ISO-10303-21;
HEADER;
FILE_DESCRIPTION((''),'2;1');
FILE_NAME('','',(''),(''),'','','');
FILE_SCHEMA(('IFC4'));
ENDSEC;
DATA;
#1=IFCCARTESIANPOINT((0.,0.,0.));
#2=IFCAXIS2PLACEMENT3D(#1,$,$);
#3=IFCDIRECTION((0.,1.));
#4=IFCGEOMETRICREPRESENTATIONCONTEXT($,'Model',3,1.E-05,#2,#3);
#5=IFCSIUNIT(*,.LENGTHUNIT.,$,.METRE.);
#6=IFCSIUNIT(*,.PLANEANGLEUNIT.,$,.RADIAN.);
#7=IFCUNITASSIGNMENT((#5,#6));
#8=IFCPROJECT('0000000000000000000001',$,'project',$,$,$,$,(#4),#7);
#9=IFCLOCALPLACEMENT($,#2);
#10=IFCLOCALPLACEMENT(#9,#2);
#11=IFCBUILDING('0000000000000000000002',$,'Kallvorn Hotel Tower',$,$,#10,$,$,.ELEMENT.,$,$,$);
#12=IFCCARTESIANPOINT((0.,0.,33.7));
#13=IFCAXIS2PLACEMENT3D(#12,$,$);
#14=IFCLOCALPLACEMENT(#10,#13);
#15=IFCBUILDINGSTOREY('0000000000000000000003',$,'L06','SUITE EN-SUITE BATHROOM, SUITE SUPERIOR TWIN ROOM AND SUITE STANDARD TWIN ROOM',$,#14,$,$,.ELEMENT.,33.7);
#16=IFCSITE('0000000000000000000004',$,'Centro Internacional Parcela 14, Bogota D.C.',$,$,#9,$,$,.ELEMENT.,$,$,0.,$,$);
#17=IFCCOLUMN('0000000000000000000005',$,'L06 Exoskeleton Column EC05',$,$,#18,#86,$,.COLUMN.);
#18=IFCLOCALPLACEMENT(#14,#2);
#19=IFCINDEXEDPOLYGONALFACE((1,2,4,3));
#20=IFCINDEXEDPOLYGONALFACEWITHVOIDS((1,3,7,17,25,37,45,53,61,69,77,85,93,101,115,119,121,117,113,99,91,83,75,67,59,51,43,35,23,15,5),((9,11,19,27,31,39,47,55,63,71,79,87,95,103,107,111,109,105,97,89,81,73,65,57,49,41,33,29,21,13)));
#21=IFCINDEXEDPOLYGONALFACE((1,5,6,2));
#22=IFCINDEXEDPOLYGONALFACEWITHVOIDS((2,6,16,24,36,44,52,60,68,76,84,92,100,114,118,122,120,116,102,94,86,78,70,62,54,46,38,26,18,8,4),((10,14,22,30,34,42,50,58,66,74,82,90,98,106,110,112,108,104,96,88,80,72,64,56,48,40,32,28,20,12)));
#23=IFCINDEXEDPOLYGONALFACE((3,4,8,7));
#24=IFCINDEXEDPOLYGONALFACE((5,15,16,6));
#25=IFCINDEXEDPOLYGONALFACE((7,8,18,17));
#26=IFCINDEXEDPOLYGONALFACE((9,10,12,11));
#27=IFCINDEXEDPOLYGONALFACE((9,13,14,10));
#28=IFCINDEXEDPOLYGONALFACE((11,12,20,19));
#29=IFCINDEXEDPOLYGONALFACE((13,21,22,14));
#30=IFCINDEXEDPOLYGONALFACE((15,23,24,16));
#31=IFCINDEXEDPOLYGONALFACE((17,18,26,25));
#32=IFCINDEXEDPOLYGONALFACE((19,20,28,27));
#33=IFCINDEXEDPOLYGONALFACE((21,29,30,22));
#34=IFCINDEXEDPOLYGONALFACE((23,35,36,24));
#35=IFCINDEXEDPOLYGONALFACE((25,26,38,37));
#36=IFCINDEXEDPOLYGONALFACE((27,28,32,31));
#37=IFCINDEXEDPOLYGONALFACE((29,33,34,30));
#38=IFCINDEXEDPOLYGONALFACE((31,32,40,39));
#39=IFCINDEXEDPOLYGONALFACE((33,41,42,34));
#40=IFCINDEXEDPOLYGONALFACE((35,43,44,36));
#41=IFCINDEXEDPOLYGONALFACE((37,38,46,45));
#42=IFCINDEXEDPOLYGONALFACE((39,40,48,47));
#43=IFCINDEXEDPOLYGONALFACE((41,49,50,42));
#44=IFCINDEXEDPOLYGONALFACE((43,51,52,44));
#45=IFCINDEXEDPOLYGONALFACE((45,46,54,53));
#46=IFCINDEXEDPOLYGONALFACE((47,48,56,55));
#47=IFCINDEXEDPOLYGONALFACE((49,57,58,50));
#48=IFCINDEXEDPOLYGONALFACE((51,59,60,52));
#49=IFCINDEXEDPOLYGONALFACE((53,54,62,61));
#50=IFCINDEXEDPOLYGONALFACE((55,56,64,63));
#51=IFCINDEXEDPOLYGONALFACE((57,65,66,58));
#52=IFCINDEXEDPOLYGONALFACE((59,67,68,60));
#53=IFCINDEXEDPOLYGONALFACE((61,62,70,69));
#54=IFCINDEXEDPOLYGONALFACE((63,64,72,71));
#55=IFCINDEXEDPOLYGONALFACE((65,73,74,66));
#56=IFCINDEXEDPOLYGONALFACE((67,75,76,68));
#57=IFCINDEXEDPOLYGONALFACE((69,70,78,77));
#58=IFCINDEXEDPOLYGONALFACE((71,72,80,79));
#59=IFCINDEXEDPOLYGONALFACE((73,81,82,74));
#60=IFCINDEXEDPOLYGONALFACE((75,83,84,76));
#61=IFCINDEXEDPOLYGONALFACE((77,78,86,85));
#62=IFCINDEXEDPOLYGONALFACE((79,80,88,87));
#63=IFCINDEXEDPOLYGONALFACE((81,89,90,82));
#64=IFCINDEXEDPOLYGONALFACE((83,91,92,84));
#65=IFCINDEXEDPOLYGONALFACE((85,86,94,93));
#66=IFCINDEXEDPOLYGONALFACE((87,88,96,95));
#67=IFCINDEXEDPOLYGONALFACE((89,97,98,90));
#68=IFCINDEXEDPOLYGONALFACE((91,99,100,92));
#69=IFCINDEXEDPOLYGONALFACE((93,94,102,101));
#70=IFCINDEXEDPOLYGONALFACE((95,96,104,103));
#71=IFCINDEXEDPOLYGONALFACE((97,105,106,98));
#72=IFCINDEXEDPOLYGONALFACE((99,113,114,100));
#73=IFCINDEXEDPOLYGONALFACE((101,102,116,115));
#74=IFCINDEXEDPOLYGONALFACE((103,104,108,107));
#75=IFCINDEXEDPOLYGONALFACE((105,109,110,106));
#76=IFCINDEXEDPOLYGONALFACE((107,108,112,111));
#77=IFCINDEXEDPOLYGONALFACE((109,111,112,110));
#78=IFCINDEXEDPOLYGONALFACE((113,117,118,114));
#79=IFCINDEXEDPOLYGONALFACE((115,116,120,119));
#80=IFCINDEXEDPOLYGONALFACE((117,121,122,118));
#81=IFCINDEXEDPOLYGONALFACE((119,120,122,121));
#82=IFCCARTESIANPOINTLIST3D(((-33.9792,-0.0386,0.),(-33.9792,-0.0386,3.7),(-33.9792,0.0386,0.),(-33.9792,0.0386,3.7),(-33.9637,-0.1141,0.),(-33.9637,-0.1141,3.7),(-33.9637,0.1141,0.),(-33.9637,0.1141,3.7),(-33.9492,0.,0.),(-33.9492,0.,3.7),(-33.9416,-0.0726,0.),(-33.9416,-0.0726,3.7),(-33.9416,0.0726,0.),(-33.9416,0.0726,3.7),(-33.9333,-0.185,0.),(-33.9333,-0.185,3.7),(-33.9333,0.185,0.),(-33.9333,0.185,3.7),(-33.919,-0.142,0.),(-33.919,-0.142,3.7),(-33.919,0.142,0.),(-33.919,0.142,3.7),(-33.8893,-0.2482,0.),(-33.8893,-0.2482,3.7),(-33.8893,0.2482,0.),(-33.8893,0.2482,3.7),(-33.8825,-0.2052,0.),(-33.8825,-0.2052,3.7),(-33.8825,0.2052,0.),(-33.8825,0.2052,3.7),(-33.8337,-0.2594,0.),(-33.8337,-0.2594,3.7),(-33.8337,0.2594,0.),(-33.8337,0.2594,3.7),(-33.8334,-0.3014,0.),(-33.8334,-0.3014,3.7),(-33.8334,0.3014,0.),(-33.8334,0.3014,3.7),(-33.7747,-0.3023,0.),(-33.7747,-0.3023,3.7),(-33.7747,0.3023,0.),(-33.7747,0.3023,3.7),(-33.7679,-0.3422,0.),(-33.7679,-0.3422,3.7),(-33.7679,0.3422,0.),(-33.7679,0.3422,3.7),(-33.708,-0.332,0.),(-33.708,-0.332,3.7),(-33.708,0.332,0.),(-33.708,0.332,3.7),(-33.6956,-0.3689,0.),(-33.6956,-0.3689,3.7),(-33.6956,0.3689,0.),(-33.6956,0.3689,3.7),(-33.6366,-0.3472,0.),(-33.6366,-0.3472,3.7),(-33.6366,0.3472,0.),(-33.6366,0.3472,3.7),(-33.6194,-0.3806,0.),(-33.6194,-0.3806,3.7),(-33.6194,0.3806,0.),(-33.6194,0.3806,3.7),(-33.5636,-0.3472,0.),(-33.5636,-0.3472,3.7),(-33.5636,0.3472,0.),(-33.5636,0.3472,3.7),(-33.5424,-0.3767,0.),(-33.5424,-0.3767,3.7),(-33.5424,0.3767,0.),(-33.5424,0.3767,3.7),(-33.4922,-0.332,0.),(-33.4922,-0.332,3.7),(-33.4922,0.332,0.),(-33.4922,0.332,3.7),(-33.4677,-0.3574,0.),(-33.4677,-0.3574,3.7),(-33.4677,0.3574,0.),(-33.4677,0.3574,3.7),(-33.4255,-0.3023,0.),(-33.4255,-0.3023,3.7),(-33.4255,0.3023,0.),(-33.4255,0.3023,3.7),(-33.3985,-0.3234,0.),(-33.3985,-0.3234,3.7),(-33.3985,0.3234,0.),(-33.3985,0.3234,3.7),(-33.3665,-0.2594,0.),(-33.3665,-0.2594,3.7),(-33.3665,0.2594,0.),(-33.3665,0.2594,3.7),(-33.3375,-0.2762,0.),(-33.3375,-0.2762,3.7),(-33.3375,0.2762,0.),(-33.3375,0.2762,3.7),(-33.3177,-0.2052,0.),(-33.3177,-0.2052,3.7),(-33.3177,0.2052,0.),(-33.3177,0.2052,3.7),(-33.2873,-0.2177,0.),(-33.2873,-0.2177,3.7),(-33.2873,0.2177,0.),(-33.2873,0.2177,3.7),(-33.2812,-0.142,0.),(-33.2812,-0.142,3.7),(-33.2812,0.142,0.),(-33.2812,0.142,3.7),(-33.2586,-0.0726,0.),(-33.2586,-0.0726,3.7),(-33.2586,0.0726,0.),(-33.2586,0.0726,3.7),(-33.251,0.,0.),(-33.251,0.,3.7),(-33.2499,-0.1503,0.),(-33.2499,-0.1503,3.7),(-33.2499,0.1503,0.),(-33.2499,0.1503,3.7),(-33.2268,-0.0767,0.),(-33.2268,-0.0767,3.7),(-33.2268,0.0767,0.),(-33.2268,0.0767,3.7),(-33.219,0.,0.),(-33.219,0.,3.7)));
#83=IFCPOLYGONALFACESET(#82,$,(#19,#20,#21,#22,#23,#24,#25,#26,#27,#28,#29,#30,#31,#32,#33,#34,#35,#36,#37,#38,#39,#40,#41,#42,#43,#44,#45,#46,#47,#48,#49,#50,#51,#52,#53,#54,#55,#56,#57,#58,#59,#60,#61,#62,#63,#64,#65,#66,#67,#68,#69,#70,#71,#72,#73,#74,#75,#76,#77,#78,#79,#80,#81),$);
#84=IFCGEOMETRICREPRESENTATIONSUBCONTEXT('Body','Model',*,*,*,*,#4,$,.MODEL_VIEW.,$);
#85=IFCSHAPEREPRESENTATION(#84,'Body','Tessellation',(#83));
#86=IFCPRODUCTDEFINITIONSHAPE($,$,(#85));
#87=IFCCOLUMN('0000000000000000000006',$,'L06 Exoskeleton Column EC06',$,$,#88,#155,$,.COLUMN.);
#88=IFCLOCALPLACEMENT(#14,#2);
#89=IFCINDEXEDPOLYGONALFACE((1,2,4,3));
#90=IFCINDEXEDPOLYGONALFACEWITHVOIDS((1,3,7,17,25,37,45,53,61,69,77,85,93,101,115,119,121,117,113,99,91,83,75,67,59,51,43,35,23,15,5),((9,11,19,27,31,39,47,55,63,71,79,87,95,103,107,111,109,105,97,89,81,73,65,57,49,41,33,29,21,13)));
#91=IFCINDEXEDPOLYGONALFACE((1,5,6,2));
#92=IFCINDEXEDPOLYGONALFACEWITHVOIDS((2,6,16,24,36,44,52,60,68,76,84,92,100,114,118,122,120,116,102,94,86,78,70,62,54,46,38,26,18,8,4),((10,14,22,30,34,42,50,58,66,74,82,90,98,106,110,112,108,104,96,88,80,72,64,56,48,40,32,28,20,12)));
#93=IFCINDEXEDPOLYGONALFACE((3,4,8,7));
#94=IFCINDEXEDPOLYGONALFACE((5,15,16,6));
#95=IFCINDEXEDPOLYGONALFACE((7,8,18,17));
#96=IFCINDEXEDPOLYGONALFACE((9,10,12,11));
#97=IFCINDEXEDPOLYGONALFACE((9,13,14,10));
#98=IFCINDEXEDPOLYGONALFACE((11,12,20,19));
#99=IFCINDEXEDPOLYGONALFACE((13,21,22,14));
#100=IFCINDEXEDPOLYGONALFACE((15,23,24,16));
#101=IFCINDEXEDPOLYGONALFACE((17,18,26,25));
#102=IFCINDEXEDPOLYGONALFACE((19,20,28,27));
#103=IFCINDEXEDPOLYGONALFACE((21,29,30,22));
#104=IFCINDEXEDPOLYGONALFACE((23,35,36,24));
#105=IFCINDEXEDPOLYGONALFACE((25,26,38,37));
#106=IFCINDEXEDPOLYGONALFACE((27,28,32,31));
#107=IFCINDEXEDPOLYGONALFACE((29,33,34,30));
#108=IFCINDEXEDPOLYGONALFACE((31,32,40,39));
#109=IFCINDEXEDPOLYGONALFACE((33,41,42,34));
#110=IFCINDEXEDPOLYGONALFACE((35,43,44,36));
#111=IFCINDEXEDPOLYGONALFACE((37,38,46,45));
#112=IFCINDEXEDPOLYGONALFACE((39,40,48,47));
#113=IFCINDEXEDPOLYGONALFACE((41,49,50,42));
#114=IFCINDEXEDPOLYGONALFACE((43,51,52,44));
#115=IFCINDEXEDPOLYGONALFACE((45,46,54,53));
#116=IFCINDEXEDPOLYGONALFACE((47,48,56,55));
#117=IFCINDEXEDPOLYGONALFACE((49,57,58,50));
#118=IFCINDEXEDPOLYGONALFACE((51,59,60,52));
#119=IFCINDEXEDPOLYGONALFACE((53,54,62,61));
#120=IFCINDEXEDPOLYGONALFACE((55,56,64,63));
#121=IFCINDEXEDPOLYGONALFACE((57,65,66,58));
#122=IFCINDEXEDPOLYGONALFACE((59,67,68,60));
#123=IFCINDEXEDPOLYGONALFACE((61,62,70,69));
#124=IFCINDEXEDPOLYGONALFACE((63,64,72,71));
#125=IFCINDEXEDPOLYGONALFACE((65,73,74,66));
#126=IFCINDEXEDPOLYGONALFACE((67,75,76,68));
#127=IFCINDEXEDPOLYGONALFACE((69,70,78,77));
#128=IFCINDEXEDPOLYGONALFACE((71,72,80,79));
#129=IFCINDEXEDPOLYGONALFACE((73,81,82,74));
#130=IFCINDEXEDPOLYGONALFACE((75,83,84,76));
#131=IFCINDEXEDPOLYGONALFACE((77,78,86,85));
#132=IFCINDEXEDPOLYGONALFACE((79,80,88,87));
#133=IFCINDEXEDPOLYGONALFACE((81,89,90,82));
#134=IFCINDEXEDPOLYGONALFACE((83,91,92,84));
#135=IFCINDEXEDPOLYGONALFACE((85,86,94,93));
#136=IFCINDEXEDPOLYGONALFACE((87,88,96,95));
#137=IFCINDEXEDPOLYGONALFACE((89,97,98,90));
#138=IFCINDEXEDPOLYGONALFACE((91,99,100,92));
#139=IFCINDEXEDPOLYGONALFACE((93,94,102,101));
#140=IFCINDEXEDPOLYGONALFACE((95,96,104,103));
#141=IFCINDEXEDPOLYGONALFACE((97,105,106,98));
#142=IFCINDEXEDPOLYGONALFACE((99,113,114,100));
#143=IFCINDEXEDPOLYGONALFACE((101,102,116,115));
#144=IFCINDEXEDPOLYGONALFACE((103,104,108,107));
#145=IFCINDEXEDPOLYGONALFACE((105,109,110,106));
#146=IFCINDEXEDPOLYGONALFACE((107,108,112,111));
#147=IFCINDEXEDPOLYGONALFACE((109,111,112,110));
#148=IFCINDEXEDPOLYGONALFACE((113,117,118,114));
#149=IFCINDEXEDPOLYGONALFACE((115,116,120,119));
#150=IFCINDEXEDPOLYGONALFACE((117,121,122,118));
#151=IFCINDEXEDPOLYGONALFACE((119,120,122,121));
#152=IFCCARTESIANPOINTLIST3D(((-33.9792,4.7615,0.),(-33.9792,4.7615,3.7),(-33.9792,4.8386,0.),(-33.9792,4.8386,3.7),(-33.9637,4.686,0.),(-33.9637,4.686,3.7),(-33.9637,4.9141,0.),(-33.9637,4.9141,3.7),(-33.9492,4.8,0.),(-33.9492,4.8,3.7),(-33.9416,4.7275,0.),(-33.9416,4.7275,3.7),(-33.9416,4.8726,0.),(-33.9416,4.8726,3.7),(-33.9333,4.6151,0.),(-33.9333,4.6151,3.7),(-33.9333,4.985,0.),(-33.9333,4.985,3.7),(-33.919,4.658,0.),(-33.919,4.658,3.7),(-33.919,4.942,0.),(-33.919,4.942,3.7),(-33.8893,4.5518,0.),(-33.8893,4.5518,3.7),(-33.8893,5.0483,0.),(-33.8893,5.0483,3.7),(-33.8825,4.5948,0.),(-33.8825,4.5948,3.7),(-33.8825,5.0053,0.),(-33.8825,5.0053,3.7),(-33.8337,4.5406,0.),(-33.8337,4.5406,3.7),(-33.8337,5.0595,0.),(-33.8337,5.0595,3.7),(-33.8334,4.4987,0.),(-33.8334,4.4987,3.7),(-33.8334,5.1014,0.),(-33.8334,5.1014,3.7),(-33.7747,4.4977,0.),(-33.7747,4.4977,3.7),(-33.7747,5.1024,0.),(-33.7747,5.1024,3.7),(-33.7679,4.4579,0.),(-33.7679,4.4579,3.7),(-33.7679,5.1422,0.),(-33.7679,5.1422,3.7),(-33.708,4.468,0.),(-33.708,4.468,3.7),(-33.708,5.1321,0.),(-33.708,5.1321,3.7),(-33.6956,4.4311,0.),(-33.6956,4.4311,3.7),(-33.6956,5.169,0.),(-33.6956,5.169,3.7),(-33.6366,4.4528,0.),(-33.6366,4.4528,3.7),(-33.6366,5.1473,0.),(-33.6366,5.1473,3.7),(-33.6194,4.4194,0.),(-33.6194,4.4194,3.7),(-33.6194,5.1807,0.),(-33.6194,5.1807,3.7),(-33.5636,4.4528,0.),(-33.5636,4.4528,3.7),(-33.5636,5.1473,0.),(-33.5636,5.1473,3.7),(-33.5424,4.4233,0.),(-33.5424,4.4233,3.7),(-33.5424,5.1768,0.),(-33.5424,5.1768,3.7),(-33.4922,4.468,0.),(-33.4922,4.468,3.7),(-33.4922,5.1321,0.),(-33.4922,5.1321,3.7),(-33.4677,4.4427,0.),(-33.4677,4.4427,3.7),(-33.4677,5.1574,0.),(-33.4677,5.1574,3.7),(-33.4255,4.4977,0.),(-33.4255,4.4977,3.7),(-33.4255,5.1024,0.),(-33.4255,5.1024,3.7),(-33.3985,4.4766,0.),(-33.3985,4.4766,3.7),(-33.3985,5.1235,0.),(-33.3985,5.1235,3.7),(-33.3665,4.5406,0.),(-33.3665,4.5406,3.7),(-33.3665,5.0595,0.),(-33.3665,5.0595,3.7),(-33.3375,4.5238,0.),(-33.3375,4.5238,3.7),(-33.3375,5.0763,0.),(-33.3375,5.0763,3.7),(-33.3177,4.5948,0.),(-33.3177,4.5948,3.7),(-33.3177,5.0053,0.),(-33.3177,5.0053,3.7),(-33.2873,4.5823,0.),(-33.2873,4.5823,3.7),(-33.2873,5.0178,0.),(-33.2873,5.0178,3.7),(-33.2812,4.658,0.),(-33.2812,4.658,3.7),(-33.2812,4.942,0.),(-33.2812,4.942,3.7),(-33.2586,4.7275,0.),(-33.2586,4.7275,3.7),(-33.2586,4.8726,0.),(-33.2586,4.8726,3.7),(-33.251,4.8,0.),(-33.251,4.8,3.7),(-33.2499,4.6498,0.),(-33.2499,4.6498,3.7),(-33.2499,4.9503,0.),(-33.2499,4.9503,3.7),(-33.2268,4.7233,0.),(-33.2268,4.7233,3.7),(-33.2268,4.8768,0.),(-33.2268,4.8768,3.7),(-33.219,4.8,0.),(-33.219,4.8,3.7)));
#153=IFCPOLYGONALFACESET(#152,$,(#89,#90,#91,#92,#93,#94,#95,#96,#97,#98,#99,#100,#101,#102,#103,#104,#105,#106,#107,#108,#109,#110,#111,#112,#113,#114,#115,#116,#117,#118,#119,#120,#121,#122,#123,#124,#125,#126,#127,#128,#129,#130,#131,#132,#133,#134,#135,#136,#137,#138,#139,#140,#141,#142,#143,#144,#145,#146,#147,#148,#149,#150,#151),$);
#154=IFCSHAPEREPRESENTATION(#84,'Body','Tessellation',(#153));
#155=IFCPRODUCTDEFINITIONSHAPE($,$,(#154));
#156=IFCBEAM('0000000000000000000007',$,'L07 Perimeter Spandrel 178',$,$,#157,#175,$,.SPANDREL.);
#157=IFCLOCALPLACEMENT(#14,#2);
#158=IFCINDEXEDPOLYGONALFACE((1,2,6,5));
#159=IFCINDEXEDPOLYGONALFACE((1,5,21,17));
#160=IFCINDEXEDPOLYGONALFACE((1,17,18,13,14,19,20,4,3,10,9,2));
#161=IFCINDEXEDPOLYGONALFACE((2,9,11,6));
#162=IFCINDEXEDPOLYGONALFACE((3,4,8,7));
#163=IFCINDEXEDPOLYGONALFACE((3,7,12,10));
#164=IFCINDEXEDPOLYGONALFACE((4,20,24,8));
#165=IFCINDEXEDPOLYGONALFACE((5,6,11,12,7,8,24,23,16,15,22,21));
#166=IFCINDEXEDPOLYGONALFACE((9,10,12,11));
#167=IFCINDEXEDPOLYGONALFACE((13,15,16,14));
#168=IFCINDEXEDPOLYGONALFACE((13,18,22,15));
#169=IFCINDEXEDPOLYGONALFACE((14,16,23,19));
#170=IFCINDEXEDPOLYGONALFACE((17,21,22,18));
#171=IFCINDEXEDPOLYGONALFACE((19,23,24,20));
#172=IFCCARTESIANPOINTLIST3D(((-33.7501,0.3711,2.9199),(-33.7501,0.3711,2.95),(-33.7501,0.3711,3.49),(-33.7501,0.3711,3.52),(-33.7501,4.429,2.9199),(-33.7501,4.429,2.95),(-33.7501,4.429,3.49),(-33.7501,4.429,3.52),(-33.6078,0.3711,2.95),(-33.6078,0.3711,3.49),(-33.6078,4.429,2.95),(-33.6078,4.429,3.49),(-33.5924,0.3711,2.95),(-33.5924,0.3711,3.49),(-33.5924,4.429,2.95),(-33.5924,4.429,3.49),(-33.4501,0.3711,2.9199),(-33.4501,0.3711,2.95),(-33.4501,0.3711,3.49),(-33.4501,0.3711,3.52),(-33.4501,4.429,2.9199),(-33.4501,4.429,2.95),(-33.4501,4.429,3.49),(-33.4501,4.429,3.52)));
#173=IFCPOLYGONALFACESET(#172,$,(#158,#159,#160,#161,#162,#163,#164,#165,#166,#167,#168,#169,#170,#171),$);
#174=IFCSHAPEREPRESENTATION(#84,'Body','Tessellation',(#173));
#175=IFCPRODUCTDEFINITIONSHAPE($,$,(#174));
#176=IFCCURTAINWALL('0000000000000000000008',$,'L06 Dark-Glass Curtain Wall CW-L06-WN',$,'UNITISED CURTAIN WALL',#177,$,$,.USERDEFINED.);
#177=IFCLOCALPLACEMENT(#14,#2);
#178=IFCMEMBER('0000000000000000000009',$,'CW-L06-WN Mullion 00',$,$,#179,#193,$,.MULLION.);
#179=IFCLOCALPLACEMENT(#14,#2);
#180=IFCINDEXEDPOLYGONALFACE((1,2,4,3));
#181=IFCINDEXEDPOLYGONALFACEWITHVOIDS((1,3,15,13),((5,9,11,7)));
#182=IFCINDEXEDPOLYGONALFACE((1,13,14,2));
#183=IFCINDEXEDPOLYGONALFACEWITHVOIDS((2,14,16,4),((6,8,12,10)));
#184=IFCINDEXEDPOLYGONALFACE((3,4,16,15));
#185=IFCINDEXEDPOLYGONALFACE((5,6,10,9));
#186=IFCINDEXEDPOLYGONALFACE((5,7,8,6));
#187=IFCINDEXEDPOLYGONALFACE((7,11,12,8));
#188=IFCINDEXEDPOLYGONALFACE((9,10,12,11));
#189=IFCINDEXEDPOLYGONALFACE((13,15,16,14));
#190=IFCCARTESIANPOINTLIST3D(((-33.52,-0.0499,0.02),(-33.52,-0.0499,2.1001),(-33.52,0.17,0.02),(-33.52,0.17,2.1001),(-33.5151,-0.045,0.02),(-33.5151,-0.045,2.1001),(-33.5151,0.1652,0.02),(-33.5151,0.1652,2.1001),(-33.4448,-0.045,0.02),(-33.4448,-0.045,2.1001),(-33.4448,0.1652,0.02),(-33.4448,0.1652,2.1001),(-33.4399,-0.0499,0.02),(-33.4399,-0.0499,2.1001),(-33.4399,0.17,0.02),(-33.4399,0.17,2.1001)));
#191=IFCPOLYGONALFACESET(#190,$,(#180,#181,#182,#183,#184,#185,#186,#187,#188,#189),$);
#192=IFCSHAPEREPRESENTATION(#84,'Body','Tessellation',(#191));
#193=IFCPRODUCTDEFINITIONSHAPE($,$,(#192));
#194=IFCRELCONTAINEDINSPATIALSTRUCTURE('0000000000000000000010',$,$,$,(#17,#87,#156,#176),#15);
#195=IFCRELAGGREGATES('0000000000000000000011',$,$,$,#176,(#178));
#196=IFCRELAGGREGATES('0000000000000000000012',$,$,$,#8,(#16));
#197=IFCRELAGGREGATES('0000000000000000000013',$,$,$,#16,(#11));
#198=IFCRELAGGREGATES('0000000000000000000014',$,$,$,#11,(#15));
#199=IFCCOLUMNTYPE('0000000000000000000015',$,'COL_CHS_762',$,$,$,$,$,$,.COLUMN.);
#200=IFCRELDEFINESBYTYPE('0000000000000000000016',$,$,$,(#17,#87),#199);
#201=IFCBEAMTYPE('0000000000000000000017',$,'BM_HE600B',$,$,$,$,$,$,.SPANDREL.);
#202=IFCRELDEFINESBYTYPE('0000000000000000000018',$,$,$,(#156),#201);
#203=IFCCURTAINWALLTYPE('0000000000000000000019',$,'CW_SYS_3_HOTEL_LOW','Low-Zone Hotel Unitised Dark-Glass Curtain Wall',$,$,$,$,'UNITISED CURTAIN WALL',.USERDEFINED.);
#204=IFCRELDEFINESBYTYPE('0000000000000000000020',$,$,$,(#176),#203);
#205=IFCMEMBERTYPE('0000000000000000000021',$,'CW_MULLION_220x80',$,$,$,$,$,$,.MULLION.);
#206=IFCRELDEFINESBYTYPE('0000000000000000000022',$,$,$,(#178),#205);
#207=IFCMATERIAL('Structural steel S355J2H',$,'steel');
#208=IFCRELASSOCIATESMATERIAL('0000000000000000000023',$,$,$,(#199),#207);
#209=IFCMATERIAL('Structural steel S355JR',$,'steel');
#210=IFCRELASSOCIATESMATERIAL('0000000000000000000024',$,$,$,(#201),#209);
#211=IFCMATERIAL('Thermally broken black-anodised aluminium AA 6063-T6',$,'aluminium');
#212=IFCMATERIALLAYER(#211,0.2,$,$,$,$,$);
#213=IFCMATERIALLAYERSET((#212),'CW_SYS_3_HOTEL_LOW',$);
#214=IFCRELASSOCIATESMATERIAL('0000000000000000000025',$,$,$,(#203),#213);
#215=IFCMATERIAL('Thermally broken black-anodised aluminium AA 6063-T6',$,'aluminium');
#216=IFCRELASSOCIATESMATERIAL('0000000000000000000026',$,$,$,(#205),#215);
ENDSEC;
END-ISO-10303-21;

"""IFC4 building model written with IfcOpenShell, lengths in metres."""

from ifc_helpers import new_model, si_unit, direction, frame, origin, origin_2d, place, context, subcontext, project, spatial, hollow_rectangle, hollow_circle, i_section, extrude, material, layer, layer_set, material_profile, profile_set, type_object, element, aggregate, save


model = new_model("IFC4")

# Units and contexts
model_context = context("Model", 3, precision=1e-05, world=origin(), true_north=direction((0.0, 1.0)))
body_context = subcontext(model_context, "Body", "Model", "MODEL_VIEW")
ifc_project = project(units=[si_unit("LENGTHUNIT", "METRE"), si_unit("PLANEANGLEUNIT", "RADIAN")], contexts=[model_context])

# Site, building, storey
site_placement = place(None, origin())
site = spatial("IfcSite", under=ifc_project, at=site_placement, Name="Centro Internacional Parcela 14, Bogota D.C.", CompositionType="ELEMENT", RefElevation=0.0)
building_placement = place(site_placement, origin())
building = spatial("IfcBuilding", under=site, at=building_placement, Name="Kallvorn Hotel Tower", CompositionType="ELEMENT")
storey_placement = place(building_placement, frame((0.0, 0.0, 33.7)))
storey = spatial("IfcBuildingStorey", under=building, at=storey_placement, Name="L06", Description="SUITE EN-SUITE BATHROOM, SUITE SUPERIOR TWIN ROOM AND SUITE STANDARD TWIN ROOM", CompositionType="ELEMENT", Elevation=33.7)

# Columns
ifc_material_1 = material(Name="Structural steel S355J2H", Category="steel")
ifc_material_profile_1 = material_profile(ifc_material_1, hollow_circle(Radius=0.3811, WallThickness=0.032, at=origin_2d()), Name="CHS 762x32")
ifc_profile_set_1 = profile_set([ifc_material_profile_1], Name="Structural steel S355J2H")
column_type = type_object("IfcColumnType", Name="COL_CHS_762", PredefinedType="COLUMN", material=ifc_profile_set_1)
for number, where, z_axis, x_axis, name in (
    (1, (-33.6001, 0.0, 0.0), (0.0, 0.0, 1.0), (1.0, 0.0, 0.0), "L06 Exoskeleton Column EC05"),
    (2, (-33.6001, 4.8, 0.0), (0.0, 0.0, 1.0), (1.0, 0.0, 0.0), "L06 Exoskeleton Column EC06"),
):
    element("IfcColumn", number, at=place(storey_placement, frame(where, z_axis=z_axis, x_axis=x_axis)), inside=storey, type_object=column_type, Name=name, PredefinedType="COLUMN", context=body_context, shape_type="SweptSolid", body=[
        extrude(hollow_circle(Radius=0.3811, WallThickness=0.032, at=origin_2d()), origin(), (0.0, 0.0, 1.0), 3.7),
    ])

# Beam
ifc_material_2 = material(Name="Structural steel S355JR", Category="steel")
ifc_material_profile_2 = material_profile(ifc_material_2, i_section(OverallWidth=0.3, OverallDepth=0.6001, WebThickness=0.0154, FlangeThickness=0.03, at=origin_2d()), Name="HE 600 B")
ifc_profile_set_2 = profile_set([ifc_material_profile_2], Name="Structural steel S355JR")
beam_type = type_object("IfcBeamType", Name="BM_HE600B", PredefinedType="SPANDREL", material=ifc_profile_set_2)
beam_placement = place(storey_placement, frame((-33.6001, 0.3711, 3.22), z_axis=(0.0, 1.0, 0.0), x_axis=(-1.0, 0.0, 0.0)))
element("IfcBeam", 3, at=beam_placement, inside=storey, type_object=beam_type, Name="L07 Perimeter Spandrel 178", PredefinedType="SPANDREL", context=body_context, shape_type="SweptSolid", body=[
    extrude(i_section(OverallWidth=0.3, OverallDepth=0.6001, WebThickness=0.0154, FlangeThickness=0.03, at=origin_2d()), origin(), (0.0, 0.0, 1.0), 4.0579),
])

# Curtain wall, member
ifc_material_3 = material(Name="Thermally broken black-anodised aluminium AA 6063-T6", Category="aluminium")
ifc_layer_1 = layer(ifc_material_3, 0.2)
ifc_layer_set_1 = layer_set([ifc_layer_1], Name="CW_SYS_3_HOTEL_LOW")
curtain_wall_type = type_object("IfcCurtainWallType", Name="CW_SYS_3_HOTEL_LOW", Description="Low-Zone Hotel Unitised Dark-Glass Curtain Wall", ElementType="UNITISED CURTAIN WALL", PredefinedType="USERDEFINED", material=ifc_layer_set_1)
curtain_wall_placement = place(storey_placement, origin())
curtain_wall = element("IfcCurtainWall", 4, at=curtain_wall_placement, inside=storey, type_object=curtain_wall_type, Name="L06 Dark-Glass Curtain Wall CW-L06-WN", ObjectType="UNITISED CURTAIN WALL", PredefinedType="USERDEFINED")
ifc_material_4 = material(Name="Thermally broken black-anodised aluminium AA 6063-T6", Category="aluminium")
ifc_material_profile_3 = material_profile(ifc_material_4, hollow_rectangle(XDim=0.0801, YDim=0.22, WallThickness=0.0049, at=origin_2d()), Name="MUL 220x80")
ifc_profile_set_3 = profile_set([ifc_material_profile_3], Name="Thermally broken black-anodised aluminium AA 6063-T6")
member_type_1 = type_object("IfcMemberType", Name="CW_MULLION_220x80", PredefinedType="MULLION", material=ifc_profile_set_3)
member_1_placement = place(storey_placement, frame((-33.48, 0.0601, 0.02), z_axis=(0.0, 0.0, 1.0), x_axis=(1.0, 0.0, 0.0)))
member_1 = element("IfcMember", 5, at=member_1_placement, type_object=member_type_1, Name="CW-L06-WN Mullion 00", PredefinedType="MULLION", context=body_context, shape_type="SweptSolid", body=[
    extrude(hollow_rectangle(XDim=0.0801, YDim=0.22, WallThickness=0.0049, at=origin_2d()), origin(), (0.0, 0.0, 1.0), 2.0801),
])
aggregate(curtain_wall, [member_1])

save(model, "model.ifc")
